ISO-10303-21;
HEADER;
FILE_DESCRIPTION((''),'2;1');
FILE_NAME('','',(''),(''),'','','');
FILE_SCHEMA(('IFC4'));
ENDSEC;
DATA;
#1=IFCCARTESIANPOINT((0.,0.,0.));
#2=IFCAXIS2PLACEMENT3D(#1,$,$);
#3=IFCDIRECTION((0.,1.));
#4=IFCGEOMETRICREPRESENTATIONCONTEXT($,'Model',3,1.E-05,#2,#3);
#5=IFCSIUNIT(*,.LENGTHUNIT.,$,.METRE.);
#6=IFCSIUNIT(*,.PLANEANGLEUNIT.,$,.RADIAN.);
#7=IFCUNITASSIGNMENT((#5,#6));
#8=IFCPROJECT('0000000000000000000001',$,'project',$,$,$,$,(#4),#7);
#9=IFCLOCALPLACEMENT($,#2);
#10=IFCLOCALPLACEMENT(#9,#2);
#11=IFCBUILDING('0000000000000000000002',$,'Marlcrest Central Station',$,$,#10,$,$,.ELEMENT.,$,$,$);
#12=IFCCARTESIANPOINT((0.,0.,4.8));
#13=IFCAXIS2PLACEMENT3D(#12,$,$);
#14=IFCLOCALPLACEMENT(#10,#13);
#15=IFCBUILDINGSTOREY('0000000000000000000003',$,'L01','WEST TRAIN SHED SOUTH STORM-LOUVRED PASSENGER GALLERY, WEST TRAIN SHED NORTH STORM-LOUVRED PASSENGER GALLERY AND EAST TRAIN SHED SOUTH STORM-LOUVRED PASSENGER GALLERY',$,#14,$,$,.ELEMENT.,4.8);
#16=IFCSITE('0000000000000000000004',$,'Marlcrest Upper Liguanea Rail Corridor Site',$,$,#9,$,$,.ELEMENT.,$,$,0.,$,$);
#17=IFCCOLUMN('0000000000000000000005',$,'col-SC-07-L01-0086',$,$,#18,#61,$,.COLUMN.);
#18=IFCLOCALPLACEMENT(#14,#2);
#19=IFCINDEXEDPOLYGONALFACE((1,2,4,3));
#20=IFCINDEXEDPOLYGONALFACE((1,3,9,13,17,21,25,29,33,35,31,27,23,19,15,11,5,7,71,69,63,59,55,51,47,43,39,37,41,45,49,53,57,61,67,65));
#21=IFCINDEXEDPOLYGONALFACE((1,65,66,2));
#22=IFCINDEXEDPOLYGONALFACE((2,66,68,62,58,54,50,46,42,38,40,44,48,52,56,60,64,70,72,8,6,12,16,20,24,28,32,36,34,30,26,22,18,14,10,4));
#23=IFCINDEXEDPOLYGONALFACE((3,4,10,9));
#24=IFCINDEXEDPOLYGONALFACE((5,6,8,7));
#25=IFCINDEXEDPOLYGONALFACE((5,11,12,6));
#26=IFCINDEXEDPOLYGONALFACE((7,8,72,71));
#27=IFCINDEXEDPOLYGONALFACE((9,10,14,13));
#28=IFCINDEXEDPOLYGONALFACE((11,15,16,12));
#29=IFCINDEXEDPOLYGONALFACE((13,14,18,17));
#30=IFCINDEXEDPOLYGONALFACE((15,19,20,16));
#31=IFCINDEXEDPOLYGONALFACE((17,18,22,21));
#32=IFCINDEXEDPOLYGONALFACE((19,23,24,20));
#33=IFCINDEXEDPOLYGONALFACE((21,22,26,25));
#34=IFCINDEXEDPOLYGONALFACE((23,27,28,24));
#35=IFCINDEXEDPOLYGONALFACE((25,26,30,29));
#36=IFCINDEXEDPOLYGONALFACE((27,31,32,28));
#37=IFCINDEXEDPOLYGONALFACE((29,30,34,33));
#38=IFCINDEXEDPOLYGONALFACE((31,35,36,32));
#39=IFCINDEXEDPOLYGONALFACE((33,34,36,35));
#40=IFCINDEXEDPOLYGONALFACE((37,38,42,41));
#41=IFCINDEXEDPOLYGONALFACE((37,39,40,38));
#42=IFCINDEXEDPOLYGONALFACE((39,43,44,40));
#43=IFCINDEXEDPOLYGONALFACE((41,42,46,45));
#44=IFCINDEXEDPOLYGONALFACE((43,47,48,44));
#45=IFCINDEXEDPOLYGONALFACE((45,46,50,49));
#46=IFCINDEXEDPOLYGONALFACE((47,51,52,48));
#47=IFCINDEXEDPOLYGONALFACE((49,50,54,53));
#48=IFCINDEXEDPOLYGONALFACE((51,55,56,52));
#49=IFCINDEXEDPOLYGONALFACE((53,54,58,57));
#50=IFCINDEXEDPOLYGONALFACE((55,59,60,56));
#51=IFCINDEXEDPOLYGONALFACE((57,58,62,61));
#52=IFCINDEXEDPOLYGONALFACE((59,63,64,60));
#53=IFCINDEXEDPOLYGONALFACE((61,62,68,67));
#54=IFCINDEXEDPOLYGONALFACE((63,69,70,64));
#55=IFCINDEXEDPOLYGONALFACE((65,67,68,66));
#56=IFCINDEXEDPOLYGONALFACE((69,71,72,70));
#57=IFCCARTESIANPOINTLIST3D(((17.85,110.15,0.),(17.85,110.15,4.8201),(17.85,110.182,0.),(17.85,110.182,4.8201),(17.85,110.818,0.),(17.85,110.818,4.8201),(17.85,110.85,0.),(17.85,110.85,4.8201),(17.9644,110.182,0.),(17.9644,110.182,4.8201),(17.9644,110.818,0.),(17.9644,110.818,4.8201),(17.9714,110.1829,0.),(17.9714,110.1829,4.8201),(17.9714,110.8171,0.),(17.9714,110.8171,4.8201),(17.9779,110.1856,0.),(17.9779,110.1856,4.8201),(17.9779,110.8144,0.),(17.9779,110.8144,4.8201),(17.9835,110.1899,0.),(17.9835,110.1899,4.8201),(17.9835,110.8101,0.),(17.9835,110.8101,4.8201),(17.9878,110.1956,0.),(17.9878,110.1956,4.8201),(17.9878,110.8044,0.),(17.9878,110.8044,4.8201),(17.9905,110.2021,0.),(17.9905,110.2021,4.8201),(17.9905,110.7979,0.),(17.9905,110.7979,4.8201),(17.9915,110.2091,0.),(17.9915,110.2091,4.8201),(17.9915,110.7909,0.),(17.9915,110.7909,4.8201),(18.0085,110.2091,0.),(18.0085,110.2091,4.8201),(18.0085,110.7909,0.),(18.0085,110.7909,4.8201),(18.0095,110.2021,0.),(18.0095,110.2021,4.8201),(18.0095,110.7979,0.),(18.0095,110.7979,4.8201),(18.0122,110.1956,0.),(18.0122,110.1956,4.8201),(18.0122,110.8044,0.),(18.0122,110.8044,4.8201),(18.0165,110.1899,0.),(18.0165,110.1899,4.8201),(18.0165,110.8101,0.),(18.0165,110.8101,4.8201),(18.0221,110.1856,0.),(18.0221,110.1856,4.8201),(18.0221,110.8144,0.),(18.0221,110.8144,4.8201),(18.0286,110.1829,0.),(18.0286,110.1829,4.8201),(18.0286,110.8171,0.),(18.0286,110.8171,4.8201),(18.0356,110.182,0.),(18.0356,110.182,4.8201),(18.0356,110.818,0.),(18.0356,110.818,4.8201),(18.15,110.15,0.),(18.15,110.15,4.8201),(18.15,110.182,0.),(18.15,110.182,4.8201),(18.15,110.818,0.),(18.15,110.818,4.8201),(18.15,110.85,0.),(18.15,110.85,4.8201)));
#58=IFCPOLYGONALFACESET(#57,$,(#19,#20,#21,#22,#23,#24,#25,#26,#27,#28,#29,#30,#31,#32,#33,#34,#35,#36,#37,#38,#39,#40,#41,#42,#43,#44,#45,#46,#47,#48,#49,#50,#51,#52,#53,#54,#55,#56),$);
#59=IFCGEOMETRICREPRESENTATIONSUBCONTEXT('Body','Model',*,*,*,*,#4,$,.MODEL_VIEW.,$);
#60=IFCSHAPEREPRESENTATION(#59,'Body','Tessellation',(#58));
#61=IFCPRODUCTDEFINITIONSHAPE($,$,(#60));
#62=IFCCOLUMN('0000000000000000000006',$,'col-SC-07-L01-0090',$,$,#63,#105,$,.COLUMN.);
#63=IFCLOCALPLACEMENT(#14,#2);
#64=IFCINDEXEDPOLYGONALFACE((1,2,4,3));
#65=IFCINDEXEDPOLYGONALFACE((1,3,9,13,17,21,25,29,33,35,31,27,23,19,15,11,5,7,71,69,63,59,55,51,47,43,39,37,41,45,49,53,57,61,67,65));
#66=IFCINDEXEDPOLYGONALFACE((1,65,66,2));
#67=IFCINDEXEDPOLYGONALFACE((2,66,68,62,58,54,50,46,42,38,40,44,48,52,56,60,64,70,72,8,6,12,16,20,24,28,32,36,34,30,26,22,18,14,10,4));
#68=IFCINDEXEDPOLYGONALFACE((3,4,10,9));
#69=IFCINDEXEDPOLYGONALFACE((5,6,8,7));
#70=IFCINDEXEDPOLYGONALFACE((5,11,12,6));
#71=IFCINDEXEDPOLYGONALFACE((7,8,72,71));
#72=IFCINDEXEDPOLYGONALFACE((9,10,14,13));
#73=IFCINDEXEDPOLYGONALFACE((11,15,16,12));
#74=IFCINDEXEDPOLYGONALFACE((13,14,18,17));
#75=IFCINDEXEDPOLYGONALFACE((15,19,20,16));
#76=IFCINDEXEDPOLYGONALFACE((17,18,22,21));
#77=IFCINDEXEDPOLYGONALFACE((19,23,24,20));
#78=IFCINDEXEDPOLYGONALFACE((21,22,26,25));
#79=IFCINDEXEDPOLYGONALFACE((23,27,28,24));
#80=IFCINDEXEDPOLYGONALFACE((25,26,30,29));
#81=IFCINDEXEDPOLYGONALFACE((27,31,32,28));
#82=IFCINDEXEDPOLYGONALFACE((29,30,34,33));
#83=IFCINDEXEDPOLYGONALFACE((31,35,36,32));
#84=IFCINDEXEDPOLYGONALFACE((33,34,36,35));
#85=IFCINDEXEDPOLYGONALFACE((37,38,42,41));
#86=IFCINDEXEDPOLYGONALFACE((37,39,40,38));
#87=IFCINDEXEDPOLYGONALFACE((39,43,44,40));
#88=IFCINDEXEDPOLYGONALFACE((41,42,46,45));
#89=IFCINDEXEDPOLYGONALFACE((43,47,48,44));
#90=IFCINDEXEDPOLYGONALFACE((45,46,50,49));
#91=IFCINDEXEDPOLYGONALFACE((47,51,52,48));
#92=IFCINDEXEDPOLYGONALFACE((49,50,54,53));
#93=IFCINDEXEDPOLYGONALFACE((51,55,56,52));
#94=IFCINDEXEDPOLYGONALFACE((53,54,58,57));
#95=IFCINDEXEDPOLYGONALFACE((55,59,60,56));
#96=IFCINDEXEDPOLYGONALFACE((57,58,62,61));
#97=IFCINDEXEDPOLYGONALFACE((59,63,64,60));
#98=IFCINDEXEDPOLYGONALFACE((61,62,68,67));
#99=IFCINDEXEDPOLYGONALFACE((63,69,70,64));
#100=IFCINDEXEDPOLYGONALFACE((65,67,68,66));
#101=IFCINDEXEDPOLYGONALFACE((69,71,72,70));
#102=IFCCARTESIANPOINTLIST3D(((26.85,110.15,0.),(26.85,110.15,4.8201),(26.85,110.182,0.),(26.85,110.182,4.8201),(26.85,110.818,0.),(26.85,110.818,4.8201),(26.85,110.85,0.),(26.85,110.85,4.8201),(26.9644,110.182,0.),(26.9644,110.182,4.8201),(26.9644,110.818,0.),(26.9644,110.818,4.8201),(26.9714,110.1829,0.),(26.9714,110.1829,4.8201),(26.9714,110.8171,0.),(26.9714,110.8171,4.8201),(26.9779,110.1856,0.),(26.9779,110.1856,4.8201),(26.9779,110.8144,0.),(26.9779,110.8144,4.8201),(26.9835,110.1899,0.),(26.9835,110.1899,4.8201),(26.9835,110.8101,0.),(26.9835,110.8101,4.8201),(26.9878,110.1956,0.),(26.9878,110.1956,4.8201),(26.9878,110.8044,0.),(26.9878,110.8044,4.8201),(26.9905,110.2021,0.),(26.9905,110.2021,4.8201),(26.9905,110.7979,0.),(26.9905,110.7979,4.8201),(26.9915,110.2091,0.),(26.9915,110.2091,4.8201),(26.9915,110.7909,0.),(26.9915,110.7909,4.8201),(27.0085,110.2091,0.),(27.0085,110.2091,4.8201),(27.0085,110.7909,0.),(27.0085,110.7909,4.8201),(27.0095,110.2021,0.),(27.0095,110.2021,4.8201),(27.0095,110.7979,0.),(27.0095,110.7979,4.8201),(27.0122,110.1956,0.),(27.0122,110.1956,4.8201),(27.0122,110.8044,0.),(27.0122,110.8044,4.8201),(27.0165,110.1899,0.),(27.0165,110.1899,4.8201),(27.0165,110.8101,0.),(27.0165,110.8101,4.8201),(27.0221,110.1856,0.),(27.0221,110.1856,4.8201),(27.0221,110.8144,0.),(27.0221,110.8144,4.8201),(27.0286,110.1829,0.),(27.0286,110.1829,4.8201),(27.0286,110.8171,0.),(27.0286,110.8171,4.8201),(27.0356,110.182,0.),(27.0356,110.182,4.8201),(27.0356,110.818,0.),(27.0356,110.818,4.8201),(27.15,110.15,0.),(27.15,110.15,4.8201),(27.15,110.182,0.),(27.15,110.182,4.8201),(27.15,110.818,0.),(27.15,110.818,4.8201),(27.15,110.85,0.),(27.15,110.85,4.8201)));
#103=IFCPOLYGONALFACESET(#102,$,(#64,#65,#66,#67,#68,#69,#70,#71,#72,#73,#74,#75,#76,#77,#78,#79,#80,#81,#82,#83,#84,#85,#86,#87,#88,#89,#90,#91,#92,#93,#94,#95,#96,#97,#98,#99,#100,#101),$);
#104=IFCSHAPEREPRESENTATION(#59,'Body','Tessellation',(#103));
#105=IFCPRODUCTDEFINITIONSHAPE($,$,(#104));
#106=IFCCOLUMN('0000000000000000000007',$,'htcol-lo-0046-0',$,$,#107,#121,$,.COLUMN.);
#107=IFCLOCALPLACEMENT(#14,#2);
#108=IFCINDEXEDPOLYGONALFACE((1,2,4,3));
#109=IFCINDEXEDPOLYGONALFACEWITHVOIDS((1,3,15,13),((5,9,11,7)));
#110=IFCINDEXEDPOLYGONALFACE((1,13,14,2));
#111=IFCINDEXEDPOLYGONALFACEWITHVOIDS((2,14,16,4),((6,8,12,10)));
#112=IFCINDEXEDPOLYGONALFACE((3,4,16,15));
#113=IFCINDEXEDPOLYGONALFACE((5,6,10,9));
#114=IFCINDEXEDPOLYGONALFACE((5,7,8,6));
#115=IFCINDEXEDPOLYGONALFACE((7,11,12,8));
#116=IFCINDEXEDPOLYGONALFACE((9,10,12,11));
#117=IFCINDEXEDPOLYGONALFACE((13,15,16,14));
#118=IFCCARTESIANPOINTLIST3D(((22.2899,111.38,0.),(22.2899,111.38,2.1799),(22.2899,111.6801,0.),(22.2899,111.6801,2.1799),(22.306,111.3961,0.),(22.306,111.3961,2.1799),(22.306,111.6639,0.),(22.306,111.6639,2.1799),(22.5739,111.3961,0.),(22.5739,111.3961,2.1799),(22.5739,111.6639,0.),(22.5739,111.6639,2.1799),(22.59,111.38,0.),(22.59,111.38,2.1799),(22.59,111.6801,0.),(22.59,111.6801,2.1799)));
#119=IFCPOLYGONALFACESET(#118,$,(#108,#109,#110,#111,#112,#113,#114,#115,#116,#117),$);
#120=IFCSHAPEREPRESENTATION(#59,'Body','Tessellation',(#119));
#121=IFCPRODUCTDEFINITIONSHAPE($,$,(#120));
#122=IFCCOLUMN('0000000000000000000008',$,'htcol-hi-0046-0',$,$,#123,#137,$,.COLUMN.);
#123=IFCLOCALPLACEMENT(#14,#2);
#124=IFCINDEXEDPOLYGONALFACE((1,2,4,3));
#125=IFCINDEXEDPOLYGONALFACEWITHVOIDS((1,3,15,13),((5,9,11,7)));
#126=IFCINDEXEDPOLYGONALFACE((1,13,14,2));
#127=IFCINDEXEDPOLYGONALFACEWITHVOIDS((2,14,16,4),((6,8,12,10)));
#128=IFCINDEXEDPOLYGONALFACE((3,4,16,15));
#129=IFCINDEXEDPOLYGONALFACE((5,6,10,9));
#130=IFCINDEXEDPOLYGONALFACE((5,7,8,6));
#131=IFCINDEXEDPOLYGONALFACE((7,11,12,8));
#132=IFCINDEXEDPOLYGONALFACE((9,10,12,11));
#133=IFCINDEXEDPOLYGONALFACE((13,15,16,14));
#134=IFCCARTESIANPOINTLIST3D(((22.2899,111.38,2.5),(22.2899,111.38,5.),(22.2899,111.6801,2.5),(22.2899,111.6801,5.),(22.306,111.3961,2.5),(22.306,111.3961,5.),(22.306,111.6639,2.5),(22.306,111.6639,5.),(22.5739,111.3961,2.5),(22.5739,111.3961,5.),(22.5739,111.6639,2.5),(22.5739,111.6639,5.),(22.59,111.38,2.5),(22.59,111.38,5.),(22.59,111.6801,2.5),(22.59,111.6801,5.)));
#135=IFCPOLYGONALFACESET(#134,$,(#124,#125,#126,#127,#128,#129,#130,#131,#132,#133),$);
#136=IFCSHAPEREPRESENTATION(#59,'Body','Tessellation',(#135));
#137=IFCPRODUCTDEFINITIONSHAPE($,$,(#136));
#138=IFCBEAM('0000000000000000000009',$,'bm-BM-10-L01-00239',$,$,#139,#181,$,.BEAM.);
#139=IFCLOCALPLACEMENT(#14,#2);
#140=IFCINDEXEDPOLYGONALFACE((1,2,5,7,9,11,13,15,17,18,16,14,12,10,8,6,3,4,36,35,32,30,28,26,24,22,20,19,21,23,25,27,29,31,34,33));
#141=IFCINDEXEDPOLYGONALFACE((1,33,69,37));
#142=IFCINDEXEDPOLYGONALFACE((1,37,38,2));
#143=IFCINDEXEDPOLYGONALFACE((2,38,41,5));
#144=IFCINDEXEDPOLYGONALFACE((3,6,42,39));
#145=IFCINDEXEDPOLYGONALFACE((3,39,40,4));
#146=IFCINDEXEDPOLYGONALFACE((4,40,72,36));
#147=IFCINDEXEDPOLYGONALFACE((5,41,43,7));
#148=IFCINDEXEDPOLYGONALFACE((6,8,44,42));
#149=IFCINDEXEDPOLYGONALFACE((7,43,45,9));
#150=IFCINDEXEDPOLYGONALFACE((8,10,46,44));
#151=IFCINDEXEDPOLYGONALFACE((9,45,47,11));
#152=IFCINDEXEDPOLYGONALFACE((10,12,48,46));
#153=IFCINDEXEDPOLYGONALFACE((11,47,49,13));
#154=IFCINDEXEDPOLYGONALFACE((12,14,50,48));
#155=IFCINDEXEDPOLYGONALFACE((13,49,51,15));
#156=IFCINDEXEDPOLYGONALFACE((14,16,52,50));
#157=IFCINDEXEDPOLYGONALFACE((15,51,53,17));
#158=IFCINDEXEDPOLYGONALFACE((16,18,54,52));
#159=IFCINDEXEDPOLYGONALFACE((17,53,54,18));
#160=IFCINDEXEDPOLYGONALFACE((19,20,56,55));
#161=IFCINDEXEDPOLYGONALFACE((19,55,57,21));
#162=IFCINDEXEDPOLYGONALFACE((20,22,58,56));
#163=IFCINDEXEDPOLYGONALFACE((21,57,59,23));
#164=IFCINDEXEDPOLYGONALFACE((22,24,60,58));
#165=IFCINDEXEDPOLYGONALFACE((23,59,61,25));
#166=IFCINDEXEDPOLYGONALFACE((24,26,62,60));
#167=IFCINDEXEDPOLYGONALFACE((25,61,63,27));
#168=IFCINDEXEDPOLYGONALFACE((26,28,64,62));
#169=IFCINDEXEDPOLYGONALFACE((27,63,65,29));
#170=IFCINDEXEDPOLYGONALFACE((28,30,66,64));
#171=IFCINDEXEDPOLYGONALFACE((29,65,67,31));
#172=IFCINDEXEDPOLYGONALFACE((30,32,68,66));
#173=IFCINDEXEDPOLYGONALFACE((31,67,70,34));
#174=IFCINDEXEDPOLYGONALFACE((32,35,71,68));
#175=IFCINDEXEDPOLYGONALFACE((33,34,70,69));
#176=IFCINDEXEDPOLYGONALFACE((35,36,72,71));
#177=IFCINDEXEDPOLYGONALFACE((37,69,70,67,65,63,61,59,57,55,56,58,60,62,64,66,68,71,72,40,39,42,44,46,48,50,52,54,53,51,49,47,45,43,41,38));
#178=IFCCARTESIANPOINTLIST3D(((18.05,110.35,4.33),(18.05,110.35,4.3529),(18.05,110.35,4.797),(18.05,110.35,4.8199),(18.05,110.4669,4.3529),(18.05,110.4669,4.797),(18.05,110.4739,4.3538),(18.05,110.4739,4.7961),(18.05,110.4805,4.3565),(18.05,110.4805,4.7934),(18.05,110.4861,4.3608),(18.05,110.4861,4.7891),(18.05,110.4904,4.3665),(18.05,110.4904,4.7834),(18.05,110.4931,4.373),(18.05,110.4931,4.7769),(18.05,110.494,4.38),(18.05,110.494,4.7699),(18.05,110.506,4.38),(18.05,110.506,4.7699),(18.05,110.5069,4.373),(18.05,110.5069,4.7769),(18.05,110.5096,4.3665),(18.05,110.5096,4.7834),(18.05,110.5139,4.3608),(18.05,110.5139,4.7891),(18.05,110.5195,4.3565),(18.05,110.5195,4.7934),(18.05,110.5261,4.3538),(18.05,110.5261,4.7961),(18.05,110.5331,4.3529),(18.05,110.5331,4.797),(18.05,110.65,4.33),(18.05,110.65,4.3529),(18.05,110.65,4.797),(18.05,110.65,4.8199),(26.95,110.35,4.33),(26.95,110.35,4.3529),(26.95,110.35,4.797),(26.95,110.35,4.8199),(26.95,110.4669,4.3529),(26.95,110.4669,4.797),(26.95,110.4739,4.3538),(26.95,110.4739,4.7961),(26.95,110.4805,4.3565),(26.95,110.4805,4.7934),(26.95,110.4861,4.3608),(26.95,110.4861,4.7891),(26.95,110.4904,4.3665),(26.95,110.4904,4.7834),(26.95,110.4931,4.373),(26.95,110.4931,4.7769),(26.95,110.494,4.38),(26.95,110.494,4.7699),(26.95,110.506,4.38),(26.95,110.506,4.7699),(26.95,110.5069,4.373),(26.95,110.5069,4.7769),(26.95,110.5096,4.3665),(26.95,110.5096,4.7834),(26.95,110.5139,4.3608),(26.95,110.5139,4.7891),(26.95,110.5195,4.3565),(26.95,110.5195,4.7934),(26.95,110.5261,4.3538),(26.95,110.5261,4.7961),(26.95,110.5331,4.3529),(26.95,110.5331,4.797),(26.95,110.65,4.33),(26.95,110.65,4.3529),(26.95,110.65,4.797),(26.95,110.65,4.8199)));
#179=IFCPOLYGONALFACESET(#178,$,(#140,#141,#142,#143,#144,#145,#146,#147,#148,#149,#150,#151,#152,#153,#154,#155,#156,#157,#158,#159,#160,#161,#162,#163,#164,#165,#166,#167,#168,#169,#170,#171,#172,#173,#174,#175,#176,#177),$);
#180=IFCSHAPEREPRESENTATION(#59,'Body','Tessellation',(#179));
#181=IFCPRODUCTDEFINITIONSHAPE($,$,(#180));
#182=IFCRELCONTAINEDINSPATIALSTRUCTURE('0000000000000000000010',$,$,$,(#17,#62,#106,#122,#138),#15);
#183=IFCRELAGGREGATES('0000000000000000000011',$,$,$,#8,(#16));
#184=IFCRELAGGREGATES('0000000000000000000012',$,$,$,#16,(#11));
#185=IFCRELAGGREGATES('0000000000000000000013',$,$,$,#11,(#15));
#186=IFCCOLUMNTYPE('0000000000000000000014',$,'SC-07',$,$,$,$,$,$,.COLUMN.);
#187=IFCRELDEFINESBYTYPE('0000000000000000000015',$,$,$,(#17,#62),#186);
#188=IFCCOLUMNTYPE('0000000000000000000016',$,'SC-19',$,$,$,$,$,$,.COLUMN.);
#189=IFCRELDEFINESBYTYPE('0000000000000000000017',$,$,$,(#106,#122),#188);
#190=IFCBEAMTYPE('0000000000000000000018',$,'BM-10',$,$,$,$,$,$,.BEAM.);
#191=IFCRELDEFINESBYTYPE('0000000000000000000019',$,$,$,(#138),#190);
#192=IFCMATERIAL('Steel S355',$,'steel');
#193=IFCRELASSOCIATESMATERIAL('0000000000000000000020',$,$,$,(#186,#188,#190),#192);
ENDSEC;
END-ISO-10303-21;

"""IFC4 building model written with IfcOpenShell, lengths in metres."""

from ifc_helpers import new_model, si_unit, direction, frame, origin, origin_2d, place, context, subcontext, project, spatial, hollow_rectangle, i_section, extrude, material, material_profile, profile_set, type_object, element, save


model = new_model("IFC4")

# Units and contexts
model_context = context("Model", 3, precision=1e-05, world=origin(), true_north=direction((0.0, 1.0)))
body_context = subcontext(model_context, "Body", "Model", "MODEL_VIEW")
ifc_project = project(units=[si_unit("LENGTHUNIT", "METRE"), si_unit("PLANEANGLEUNIT", "RADIAN")], contexts=[model_context])

# Site, building, storey
site_placement = place(None, origin())
site = spatial("IfcSite", under=ifc_project, at=site_placement, Name="Marlcrest Upper Liguanea Rail Corridor Site", CompositionType="ELEMENT", RefElevation=0.0)
building_placement = place(site_placement, origin())
building = spatial("IfcBuilding", under=site, at=building_placement, Name="Marlcrest Central Station", CompositionType="ELEMENT")
storey_placement = place(building_placement, frame((0.0, 0.0, 4.8)))
storey = spatial("IfcBuildingStorey", under=building, at=storey_placement, Name="L01", Description="WEST TRAIN SHED SOUTH STORM-LOUVRED PASSENGER GALLERY, WEST TRAIN SHED NORTH STORM-LOUVRED PASSENGER GALLERY AND EAST TRAIN SHED SOUTH STORM-LOUVRED PASSENGER GALLERY", CompositionType="ELEMENT", Elevation=4.8)

# Columns
ifc_material_1 = material(Name="Steel S355", Category="steel")
ifc_material_profile_1 = material_profile(ifc_material_1, i_section(OverallWidth=0.3, OverallDepth=0.7, WebThickness=0.0171, FlangeThickness=0.032, FilletRadius=0.0271, at=origin_2d()), Name="HEB 700")
ifc_profile_set_1 = profile_set([ifc_material_profile_1], Name="Steel S355")
column_type_1 = type_object("IfcColumnType", Name="SC-07", PredefinedType="COLUMN", material=ifc_profile_set_1)
for number, where, z_axis, x_axis, name in (
    (1, (18.0, 110.5, 0.0), (0.0, 0.0, 1.0), (1.0, 0.0, 0.0), "col-SC-07-L01-0086"),
    (2, (27.0, 110.5, 0.0), (0.0, 0.0, 1.0), (1.0, 0.0, 0.0), "col-SC-07-L01-0090"),
):
    element("IfcColumn", number, at=place(storey_placement, frame(where, z_axis=z_axis, x_axis=x_axis)), inside=storey, type_object=column_type_1, Name=name, PredefinedType="COLUMN", context=body_context, shape_type="SweptSolid", body=[
        extrude(i_section(OverallWidth=0.3, OverallDepth=0.7, WebThickness=0.0171, FlangeThickness=0.032, FilletRadius=0.0271, at=origin_2d()), origin(), (0.0, 0.0, 1.0), 4.8201),
    ])
ifc_material_profile_2 = material_profile(ifc_material_1, hollow_rectangle(XDim=0.3, YDim=0.3, WallThickness=0.0161, at=origin_2d()), Name="SHS 300x300x16")
ifc_profile_set_2 = profile_set([ifc_material_profile_2], Name="Steel S355")
column_type_2 = type_object("IfcColumnType", Name="SC-19", PredefinedType="COLUMN", material=ifc_profile_set_2)
column_1_placement = place(storey_placement, frame((22.4399, 111.53, 0.0), z_axis=(0.0, 0.0, 1.0), x_axis=(1.0, 0.0, 0.0)))
element("IfcColumn", 3, at=column_1_placement, inside=storey, type_object=column_type_2, Name="htcol-lo-0046-0", PredefinedType="COLUMN", context=body_context, shape_type="SweptSolid", body=[
    extrude(hollow_rectangle(XDim=0.3, YDim=0.3, WallThickness=0.0161, at=origin_2d()), origin(), (0.0, 0.0, 1.0), 2.1799),
])
column_2_placement = place(storey_placement, frame((22.4399, 111.53, 2.5), z_axis=(0.0, 0.0, 1.0), x_axis=(1.0, 0.0, 0.0)))
element("IfcColumn", 4, at=column_2_placement, inside=storey, type_object=column_type_2, Name="htcol-hi-0046-0", PredefinedType="COLUMN", context=body_context, shape_type="SweptSolid", body=[
    extrude(hollow_rectangle(XDim=0.3, YDim=0.3, WallThickness=0.0161, at=origin_2d()), origin(), (0.0, 0.0, 1.0), 2.5),
])

# Beam
ifc_material_profile_3 = material_profile(ifc_material_1, i_section(OverallWidth=0.3, OverallDepth=0.49, WebThickness=0.012, FlangeThickness=0.0229, FilletRadius=0.0271, at=origin_2d()), Name="HEA 500")
ifc_profile_set_3 = profile_set([ifc_material_profile_3], Name="Steel S355")
beam_type_1 = type_object("IfcBeamType", Name="BM-10", PredefinedType="BEAM", material=ifc_profile_set_3)
for number, where, z_axis, x_axis, name in (
    (5, (18.05, 110.5, 4.575), (1.0, 0.0, 0.0), (0.0, 1.0, 0.0), "bm-BM-10-L01-00239"),
):
    element("IfcBeam", number, at=place(storey_placement, frame(where, z_axis=z_axis, x_axis=x_axis)), inside=storey, type_object=beam_type_1, Name=name, PredefinedType="BEAM", context=body_context, shape_type="SweptSolid", body=[
        extrude(i_section(OverallWidth=0.3, OverallDepth=0.49, WebThickness=0.012, FlangeThickness=0.0229, FilletRadius=0.0271, at=origin_2d()), origin(), (0.0, 0.0, 1.0), 8.8999),
    ])

save(model, "model.ifc")
